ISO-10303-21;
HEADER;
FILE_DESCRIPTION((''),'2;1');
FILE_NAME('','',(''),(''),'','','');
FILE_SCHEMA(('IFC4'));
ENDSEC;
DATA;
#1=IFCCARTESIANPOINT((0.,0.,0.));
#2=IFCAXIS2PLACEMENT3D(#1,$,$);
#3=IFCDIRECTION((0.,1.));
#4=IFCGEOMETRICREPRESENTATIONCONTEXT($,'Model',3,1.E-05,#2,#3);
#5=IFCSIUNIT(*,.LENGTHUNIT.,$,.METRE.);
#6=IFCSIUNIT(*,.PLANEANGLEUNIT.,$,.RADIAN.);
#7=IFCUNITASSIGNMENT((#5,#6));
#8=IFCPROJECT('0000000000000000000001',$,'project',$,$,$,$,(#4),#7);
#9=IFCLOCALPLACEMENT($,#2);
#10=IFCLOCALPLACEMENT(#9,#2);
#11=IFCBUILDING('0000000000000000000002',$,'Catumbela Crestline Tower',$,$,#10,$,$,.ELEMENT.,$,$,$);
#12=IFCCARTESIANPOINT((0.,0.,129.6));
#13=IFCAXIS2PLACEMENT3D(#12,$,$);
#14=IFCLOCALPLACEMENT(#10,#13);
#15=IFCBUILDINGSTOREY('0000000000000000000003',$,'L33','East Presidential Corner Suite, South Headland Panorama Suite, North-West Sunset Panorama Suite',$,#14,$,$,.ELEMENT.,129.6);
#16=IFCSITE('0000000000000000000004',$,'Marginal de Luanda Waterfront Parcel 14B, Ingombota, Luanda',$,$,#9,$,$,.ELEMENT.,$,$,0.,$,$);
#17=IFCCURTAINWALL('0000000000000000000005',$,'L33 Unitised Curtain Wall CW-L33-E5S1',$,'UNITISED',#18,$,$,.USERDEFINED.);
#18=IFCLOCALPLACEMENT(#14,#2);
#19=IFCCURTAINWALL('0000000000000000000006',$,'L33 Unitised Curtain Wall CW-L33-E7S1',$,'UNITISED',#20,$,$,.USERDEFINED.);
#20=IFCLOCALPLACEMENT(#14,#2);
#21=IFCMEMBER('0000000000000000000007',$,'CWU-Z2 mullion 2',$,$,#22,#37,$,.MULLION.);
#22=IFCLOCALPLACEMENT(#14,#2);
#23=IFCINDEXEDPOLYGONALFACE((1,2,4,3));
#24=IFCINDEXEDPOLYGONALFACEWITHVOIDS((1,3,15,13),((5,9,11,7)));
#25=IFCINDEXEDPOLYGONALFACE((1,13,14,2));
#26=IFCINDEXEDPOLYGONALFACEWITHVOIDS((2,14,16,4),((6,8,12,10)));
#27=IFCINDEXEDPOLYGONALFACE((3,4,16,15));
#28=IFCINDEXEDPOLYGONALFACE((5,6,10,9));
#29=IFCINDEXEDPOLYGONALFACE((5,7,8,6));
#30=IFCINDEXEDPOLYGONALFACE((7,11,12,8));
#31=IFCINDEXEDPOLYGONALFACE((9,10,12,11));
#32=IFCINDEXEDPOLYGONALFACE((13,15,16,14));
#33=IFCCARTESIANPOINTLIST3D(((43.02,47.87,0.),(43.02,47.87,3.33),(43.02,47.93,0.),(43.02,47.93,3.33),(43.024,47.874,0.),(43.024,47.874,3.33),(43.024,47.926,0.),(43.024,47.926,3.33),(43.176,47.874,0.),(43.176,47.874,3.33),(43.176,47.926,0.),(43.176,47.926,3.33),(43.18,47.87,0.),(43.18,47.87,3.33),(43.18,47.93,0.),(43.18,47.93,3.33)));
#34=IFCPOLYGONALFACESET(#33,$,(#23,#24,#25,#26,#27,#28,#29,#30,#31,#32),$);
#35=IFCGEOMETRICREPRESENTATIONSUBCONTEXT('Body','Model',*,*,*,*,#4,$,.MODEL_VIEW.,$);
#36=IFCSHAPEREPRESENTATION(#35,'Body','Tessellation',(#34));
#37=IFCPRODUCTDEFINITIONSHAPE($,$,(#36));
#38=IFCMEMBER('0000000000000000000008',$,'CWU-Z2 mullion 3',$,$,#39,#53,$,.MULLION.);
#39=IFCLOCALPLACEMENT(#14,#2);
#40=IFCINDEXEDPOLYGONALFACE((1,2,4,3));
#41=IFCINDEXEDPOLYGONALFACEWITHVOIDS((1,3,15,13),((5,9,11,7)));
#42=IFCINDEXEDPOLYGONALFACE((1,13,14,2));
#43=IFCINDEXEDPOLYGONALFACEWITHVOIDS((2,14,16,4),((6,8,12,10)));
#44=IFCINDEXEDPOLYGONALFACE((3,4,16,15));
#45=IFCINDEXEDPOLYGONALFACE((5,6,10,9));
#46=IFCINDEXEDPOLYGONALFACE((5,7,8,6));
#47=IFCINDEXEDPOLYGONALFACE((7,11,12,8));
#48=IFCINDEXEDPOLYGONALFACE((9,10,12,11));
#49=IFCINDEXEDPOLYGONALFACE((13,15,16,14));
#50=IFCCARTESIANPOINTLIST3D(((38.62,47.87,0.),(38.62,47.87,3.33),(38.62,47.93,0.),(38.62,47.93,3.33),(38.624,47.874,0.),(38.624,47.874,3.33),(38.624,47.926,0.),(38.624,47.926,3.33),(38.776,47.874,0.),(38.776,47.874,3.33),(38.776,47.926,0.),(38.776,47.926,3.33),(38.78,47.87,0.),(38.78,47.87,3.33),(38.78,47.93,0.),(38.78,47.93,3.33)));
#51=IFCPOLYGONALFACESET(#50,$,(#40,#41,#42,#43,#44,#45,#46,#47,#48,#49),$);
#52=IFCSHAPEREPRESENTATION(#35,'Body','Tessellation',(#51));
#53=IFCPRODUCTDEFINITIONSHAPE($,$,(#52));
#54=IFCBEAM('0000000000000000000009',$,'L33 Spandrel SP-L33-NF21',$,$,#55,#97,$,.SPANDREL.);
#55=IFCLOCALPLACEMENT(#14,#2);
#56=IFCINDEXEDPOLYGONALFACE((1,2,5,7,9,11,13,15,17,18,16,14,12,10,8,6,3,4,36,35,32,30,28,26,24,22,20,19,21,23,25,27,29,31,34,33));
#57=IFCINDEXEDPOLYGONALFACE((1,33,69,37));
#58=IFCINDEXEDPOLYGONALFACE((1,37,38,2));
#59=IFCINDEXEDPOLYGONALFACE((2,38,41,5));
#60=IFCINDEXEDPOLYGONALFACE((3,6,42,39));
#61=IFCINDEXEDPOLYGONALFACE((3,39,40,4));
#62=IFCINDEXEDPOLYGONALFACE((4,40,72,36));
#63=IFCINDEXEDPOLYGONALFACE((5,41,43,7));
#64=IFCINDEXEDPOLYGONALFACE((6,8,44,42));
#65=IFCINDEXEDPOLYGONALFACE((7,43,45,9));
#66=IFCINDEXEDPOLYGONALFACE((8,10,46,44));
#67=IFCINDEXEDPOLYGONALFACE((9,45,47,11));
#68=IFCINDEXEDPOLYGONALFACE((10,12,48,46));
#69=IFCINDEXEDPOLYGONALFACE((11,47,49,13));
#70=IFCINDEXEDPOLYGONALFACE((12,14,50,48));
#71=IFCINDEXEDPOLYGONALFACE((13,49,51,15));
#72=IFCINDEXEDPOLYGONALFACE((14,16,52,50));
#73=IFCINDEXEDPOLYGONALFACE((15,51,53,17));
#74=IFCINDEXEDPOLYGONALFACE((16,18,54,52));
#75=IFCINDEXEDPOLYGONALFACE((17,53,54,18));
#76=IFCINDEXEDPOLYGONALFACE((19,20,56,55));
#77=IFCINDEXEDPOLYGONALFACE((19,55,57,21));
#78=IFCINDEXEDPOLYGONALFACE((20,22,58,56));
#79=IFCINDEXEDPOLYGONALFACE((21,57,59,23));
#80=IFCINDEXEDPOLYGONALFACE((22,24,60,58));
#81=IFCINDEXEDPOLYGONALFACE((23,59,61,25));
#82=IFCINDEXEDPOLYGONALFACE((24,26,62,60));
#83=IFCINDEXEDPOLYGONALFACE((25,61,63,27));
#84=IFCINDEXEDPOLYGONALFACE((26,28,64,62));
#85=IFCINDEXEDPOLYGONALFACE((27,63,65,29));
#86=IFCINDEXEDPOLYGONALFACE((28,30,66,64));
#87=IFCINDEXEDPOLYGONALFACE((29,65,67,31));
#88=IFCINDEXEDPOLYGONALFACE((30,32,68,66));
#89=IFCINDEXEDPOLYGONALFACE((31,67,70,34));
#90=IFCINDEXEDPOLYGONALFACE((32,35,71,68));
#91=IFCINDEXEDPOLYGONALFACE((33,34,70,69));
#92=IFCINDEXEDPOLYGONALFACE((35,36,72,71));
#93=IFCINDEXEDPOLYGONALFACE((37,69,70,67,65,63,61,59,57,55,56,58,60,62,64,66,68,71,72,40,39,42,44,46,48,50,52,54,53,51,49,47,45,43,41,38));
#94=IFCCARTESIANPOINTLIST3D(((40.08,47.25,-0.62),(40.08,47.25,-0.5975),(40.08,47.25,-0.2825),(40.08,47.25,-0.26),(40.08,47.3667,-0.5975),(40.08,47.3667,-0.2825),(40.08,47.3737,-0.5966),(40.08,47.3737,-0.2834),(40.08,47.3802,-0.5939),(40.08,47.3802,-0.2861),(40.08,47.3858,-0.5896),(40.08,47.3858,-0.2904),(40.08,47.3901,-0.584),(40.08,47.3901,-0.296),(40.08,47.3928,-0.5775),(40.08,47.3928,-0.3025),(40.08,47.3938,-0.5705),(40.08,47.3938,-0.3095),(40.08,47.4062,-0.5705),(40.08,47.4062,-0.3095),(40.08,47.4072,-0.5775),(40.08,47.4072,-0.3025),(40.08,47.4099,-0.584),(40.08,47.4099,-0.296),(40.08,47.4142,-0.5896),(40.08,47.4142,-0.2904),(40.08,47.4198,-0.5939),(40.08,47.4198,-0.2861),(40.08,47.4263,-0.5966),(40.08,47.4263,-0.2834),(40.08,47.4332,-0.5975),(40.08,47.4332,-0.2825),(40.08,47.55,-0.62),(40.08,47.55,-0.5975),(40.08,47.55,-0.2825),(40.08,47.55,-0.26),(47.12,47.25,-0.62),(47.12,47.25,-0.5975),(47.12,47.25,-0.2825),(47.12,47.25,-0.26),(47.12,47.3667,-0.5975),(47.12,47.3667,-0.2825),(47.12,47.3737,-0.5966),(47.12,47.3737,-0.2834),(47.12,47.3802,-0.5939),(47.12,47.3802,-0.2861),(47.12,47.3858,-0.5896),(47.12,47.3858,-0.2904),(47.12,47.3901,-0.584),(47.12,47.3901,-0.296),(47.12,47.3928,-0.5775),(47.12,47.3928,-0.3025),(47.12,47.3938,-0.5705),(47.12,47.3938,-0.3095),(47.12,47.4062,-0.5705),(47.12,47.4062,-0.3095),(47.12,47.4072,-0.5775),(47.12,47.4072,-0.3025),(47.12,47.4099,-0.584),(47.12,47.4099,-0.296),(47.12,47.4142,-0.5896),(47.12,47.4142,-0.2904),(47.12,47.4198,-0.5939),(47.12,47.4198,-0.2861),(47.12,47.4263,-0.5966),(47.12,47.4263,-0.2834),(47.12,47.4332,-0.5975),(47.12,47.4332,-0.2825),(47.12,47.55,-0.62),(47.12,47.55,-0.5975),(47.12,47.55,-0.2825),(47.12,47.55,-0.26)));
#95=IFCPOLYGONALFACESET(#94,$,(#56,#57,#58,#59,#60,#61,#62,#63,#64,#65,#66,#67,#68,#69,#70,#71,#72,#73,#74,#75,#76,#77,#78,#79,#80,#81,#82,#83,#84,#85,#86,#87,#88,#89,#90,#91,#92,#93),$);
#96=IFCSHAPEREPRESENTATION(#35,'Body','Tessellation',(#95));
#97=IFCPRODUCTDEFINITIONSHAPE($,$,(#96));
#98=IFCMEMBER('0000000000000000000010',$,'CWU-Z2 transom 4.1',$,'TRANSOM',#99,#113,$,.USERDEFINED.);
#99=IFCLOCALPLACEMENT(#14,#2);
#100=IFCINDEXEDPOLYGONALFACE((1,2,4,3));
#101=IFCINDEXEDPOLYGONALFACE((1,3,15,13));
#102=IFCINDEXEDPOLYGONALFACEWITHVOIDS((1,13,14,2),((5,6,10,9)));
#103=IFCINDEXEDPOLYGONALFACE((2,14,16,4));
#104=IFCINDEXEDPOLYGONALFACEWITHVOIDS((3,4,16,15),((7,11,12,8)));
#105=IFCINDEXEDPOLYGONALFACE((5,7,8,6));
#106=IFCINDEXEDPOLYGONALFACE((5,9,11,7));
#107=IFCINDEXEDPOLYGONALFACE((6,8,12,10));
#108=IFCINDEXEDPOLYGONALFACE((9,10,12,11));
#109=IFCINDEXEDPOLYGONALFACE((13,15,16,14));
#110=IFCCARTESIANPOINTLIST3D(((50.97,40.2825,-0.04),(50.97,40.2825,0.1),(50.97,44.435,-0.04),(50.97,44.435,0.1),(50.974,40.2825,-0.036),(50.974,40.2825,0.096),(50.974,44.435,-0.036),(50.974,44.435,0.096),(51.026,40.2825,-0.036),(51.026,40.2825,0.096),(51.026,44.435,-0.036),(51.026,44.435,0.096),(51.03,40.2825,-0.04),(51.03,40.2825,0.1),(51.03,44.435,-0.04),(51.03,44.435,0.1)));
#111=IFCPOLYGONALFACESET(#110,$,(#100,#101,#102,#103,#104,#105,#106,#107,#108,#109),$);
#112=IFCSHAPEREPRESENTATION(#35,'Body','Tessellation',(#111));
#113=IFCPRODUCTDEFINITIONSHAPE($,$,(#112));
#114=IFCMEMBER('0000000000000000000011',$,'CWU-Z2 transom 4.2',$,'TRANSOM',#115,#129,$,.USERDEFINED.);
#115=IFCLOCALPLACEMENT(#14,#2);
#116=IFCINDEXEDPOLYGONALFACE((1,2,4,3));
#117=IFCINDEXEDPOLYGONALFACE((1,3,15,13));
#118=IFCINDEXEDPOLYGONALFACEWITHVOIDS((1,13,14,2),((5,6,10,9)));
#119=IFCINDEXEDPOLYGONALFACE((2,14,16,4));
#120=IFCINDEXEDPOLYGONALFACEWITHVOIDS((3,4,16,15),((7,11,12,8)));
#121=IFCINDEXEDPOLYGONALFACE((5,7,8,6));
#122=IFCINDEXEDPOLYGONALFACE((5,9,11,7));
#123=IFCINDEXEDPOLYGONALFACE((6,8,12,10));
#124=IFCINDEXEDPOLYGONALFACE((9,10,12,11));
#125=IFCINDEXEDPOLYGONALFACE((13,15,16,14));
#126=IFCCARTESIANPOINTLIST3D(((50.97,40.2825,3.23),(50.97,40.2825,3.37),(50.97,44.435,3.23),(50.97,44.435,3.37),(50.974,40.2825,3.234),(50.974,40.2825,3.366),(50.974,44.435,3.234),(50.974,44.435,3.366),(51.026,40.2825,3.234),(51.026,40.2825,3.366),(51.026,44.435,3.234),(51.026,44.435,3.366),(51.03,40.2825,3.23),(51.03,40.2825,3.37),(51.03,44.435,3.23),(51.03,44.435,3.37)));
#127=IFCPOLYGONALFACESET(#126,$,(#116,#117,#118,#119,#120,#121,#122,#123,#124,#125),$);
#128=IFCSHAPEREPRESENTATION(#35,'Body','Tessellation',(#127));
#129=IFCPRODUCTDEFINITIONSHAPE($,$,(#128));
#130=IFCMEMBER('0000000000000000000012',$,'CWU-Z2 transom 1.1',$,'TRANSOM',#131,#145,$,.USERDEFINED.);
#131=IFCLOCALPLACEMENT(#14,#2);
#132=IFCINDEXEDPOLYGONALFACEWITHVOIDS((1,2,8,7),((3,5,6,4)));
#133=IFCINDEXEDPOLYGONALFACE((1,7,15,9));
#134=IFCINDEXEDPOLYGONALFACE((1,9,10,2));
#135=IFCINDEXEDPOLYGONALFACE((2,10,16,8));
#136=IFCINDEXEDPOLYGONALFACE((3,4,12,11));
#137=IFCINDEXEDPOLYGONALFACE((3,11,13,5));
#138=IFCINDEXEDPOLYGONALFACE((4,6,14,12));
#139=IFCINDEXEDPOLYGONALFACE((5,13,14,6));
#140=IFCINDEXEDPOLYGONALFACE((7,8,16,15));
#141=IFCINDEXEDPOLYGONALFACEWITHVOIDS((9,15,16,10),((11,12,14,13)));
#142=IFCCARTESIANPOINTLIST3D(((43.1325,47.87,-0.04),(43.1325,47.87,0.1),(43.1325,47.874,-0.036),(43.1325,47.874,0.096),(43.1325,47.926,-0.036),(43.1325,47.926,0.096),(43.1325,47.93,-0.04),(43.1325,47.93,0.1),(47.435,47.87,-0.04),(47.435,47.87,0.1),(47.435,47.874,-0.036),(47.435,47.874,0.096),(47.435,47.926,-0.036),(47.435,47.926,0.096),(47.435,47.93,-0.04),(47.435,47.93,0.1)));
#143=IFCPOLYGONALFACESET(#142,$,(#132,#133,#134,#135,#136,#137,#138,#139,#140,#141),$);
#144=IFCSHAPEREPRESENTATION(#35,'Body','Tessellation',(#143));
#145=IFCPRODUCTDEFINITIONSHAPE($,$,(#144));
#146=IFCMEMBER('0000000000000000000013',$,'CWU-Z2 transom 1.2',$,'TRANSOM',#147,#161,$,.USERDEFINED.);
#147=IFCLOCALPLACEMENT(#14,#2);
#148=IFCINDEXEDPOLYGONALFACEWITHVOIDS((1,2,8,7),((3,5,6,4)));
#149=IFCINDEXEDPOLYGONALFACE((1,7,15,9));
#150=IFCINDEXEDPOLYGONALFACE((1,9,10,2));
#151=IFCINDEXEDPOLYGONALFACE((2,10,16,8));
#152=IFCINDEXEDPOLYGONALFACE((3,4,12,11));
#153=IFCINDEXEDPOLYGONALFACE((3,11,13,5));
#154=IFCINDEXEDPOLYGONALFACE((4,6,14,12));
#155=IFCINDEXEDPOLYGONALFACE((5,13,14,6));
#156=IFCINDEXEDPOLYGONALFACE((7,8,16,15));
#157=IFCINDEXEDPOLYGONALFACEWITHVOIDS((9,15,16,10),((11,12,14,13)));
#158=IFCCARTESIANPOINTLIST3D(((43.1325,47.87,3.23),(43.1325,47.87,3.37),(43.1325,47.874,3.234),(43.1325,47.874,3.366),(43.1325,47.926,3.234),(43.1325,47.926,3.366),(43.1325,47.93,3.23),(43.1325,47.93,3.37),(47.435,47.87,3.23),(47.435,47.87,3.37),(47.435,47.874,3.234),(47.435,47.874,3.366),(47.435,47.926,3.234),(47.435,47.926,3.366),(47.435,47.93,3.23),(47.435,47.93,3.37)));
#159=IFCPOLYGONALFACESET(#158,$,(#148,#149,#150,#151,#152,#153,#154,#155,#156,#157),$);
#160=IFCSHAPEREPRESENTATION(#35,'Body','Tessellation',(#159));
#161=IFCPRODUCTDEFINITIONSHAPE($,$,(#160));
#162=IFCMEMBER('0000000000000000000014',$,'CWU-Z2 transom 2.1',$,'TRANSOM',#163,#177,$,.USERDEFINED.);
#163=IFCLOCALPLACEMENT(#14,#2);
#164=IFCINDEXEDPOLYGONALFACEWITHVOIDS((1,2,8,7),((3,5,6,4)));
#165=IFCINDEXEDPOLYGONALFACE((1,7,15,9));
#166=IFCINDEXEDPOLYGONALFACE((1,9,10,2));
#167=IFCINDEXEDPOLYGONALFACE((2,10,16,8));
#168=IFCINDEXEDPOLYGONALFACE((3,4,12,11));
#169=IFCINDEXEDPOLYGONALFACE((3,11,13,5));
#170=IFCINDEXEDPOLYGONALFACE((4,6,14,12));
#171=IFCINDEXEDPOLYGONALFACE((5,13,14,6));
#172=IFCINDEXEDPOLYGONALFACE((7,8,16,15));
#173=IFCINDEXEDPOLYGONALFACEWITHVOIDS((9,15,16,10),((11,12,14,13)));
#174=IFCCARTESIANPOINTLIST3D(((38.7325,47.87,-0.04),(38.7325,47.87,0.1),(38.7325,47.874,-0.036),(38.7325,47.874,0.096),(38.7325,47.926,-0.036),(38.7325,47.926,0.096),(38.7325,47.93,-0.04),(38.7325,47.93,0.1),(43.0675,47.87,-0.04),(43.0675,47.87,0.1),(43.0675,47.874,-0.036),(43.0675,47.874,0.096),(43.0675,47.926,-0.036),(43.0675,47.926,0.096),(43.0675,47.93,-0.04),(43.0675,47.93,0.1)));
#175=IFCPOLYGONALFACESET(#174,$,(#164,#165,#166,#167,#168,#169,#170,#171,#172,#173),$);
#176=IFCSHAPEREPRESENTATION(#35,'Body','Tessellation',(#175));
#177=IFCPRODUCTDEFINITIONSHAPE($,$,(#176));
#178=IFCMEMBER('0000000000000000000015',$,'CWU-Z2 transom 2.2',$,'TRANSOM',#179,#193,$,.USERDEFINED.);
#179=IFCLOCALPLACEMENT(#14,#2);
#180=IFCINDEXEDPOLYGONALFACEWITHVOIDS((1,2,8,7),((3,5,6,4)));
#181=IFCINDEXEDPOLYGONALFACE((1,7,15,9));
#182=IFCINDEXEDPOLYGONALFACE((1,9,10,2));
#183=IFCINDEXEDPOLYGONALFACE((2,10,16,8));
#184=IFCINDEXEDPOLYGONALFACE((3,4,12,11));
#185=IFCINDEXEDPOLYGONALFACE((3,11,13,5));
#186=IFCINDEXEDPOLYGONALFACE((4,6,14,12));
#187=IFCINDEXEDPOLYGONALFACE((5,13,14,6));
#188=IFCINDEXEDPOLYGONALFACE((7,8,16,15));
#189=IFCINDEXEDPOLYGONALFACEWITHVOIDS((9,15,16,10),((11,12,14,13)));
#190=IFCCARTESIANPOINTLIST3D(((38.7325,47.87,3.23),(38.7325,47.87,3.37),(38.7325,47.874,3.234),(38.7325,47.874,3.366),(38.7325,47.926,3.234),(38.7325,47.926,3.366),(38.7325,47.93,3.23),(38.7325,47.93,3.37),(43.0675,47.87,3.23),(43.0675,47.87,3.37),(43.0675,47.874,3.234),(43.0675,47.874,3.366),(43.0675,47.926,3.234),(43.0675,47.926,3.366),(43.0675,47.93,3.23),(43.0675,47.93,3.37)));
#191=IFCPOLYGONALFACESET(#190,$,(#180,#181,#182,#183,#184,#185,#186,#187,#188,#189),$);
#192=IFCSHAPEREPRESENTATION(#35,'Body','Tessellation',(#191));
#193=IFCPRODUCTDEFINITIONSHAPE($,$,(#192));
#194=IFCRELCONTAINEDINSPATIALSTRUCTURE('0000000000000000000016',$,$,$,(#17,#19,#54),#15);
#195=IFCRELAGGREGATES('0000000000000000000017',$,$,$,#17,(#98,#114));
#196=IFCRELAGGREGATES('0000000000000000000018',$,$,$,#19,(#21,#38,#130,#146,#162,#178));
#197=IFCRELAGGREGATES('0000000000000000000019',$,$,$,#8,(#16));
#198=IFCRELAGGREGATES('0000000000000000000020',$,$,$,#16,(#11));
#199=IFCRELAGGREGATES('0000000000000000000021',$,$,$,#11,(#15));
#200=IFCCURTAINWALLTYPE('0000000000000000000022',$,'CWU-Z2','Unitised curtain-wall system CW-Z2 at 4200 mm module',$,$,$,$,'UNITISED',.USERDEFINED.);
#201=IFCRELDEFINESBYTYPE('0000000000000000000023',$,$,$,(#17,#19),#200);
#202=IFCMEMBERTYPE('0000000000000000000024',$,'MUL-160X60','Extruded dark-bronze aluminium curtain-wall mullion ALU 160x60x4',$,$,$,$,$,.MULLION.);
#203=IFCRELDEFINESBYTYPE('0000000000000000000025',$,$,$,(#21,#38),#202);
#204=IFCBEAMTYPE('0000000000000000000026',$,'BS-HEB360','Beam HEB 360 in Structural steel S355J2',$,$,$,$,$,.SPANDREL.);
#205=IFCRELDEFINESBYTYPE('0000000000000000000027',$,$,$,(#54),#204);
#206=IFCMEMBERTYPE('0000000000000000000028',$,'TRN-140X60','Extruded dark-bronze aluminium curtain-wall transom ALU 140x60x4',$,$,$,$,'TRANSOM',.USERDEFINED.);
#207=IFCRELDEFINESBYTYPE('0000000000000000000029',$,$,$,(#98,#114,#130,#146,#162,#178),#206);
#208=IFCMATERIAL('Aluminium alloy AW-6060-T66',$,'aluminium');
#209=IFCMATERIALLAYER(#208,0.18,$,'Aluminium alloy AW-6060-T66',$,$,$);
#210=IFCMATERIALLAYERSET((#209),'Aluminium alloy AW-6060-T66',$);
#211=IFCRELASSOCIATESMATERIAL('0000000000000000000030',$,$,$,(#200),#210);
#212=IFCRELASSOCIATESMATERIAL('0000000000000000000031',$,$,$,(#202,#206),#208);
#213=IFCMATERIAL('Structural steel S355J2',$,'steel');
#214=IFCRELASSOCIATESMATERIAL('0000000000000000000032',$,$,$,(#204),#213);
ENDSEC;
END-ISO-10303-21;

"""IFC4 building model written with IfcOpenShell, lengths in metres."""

from ifc_helpers import new_model, si_unit, direction, frame, origin, origin_2d, place, context, subcontext, project, spatial, hollow_rectangle, i_section, extrude, material, layer, layer_set, material_profile, profile_set, type_object, element, aggregate, save


model = new_model("IFC4")

# Units and contexts
model_context = context("Model", 3, precision=1e-05, world=origin(), true_north=direction((0.0, 1.0)))
body_context = subcontext(model_context, "Body", "Model", "MODEL_VIEW")
ifc_project = project(units=[si_unit("LENGTHUNIT", "METRE"), si_unit("PLANEANGLEUNIT", "RADIAN")], contexts=[model_context])

# Site, building, storey
site_placement = place(None, origin())
site = spatial("IfcSite", under=ifc_project, at=site_placement, Name="Marginal de Luanda Waterfront Parcel 14B, Ingombota, Luanda", CompositionType="ELEMENT", RefElevation=0.0)
building_placement = place(site_placement, origin())
building = spatial("IfcBuilding", under=site, at=building_placement, Name="Catumbela Crestline Tower", CompositionType="ELEMENT")
storey_placement = place(building_placement, frame((0.0, 0.0, 129.6)))
storey = spatial("IfcBuildingStorey", under=building, at=storey_placement, Name="L33", Description="East Presidential Corner Suite, South Headland Panorama Suite, North-West Sunset Panorama Suite", CompositionType="ELEMENT", Elevation=129.6)

# Curtain walls, members
ifc_material_1 = material(Name="Aluminium alloy AW-6060-T66", Category="aluminium")
ifc_layer_1 = layer(ifc_material_1, 0.18, Name="Aluminium alloy AW-6060-T66")
ifc_layer_set_1 = layer_set([ifc_layer_1], Name="Aluminium alloy AW-6060-T66")
curtain_wall_type = type_object("IfcCurtainWallType", Name="CWU-Z2", Description="Unitised curtain-wall system CW-Z2 at 4200 mm module", ElementType="UNITISED", PredefinedType="USERDEFINED", material=ifc_layer_set_1)
curtain_wall_1_placement = place(storey_placement, origin())
curtain_wall_1 = element("IfcCurtainWall", 1, at=curtain_wall_1_placement, inside=storey, type_object=curtain_wall_type, Name="L33 Unitised Curtain Wall CW-L33-E5S1", ObjectType="UNITISED", PredefinedType="USERDEFINED")
ifc_material_profile_1 = material_profile(ifc_material_1, hollow_rectangle(XDim=0.06, YDim=0.16, WallThickness=0.004, at=origin_2d()), Name="ALU 160x60x4")
ifc_profile_set_1 = profile_set([ifc_material_profile_1], Name="Aluminium alloy AW-6060-T66")
member_type_1 = type_object("IfcMemberType", Name="MUL-160X60", Description="Extruded dark-bronze aluminium curtain-wall mullion ALU 160x60x4", PredefinedType="MULLION", material=ifc_profile_set_1)
curtain_wall_2_placement = place(storey_placement, origin())
curtain_wall_2 = element("IfcCurtainWall", 2, at=curtain_wall_2_placement, inside=storey, type_object=curtain_wall_type, Name="L33 Unitised Curtain Wall CW-L33-E7S1", ObjectType="UNITISED", PredefinedType="USERDEFINED")
member_1_placement = place(storey_placement, frame((43.1, 47.9, 0.0), z_axis=(0.0, 0.0, 1.0), x_axis=(0.0, -1.0, 0.0)))
member_1 = element("IfcMember", 3, at=member_1_placement, type_object=member_type_1, Name="CWU-Z2 mullion 2", PredefinedType="MULLION", context=body_context, shape_type="SweptSolid", body=[
    extrude(hollow_rectangle(XDim=0.06, YDim=0.16, WallThickness=0.004, at=origin_2d()), origin(), (0.0, 0.0, 1.0), 3.33),
])
member_2_placement = place(storey_placement, frame((38.7, 47.9, 0.0), z_axis=(0.0, 0.0, 1.0), x_axis=(0.0, -1.0, 0.0)))
member_2 = element("IfcMember", 4, at=member_2_placement, type_object=member_type_1, Name="CWU-Z2 mullion 3", PredefinedType="MULLION", context=body_context, shape_type="SweptSolid", body=[
    extrude(hollow_rectangle(XDim=0.06, YDim=0.16, WallThickness=0.004, at=origin_2d()), origin(), (0.0, 0.0, 1.0), 3.33),
])

# Beam
ifc_material_2 = material(Name="Structural steel S355J2", Category="steel")
ifc_material_profile_2 = material_profile(ifc_material_2, i_section(OverallWidth=0.3, OverallDepth=0.36, WebThickness=0.0125, FlangeThickness=0.0225, FilletRadius=0.027, at=origin_2d()), Name="HEB 360")
ifc_profile_set_2 = profile_set([ifc_material_profile_2], Name="Structural steel S355J2")
beam_type = type_object("IfcBeamType", Name="BS-HEB360", Description="Beam HEB 360 in Structural steel S355J2", PredefinedType="SPANDREL", material=ifc_profile_set_2)
beam_placement = place(storey_placement, frame((40.08, 47.4, -0.44), z_axis=(1.0, 0.0, 0.0), x_axis=(0.0, 1.0, 0.0)))
element("IfcBeam", 5, at=beam_placement, inside=storey, type_object=beam_type, Name="L33 Spandrel SP-L33-NF21", PredefinedType="SPANDREL", context=body_context, shape_type="SweptSolid", body=[
    extrude(i_section(OverallWidth=0.3, OverallDepth=0.36, WebThickness=0.0125, FlangeThickness=0.0225, FilletRadius=0.027, at=origin_2d()), origin(), (0.0, 0.0, 1.0), 7.04),
])

# Members
ifc_material_profile_3 = material_profile(ifc_material_1, hollow_rectangle(XDim=0.06, YDim=0.14, WallThickness=0.004, at=origin_2d()), Name="ALU 140x60x4")
ifc_profile_set_3 = profile_set([ifc_material_profile_3], Name="Aluminium alloy AW-6060-T66")
member_type_2 = type_object("IfcMemberType", Name="TRN-140X60", Description="Extruded dark-bronze aluminium curtain-wall transom ALU 140x60x4", ElementType="TRANSOM", PredefinedType="USERDEFINED", material=ifc_profile_set_3)
member_3_placement = place(storey_placement, frame((51.0, 40.2825, 0.03), z_axis=(0.0, 1.0, 0.0), x_axis=(-1.0, 0.0, 0.0)))
member_3 = element("IfcMember", 6, at=member_3_placement, type_object=member_type_2, Name="CWU-Z2 transom 4.1", ObjectType="TRANSOM", PredefinedType="USERDEFINED", context=body_context, shape_type="SweptSolid", body=[
    extrude(hollow_rectangle(XDim=0.06, YDim=0.14, WallThickness=0.004, at=origin_2d()), origin(), (0.0, 0.0, 1.0), 4.1525),
])
member_4_placement = place(storey_placement, frame((51.0, 40.2825, 3.3), z_axis=(0.0, 1.0, 0.0), x_axis=(-1.0, 0.0, 0.0)))
member_4 = element("IfcMember", 7, at=member_4_placement, type_object=member_type_2, Name="CWU-Z2 transom 4.2", ObjectType="TRANSOM", PredefinedType="USERDEFINED", context=body_context, shape_type="SweptSolid", body=[
    extrude(hollow_rectangle(XDim=0.06, YDim=0.14, WallThickness=0.004, at=origin_2d()), origin(), (0.0, 0.0, 1.0), 4.1525),
])
member_5_placement = place(storey_placement, frame((47.435, 47.9, 0.03), z_axis=(-1.0, 0.0, 0.0), x_axis=(0.0, -1.0, 0.0)))
member_5 = element("IfcMember", 8, at=member_5_placement, type_object=member_type_2, Name="CWU-Z2 transom 1.1", ObjectType="TRANSOM", PredefinedType="USERDEFINED", context=body_context, shape_type="SweptSolid", body=[
    extrude(hollow_rectangle(XDim=0.06, YDim=0.14, WallThickness=0.004, at=origin_2d()), origin(), (0.0, 0.0, 1.0), 4.3025),
])
member_6_placement = place(storey_placement, frame((47.435, 47.9, 3.3), z_axis=(-1.0, 0.0, 0.0), x_axis=(0.0, -1.0, 0.0)))
member_6 = element("IfcMember", 9, at=member_6_placement, type_object=member_type_2, Name="CWU-Z2 transom 1.2", ObjectType="TRANSOM", PredefinedType="USERDEFINED", context=body_context, shape_type="SweptSolid", body=[
    extrude(hollow_rectangle(XDim=0.06, YDim=0.14, WallThickness=0.004, at=origin_2d()), origin(), (0.0, 0.0, 1.0), 4.3025),
])
member_7_placement = place(storey_placement, frame((43.0675, 47.9, 0.03), z_axis=(-1.0, 0.0, 0.0), x_axis=(0.0, -1.0, 0.0)))
member_7 = element("IfcMember", 10, at=member_7_placement, type_object=member_type_2, Name="CWU-Z2 transom 2.1", ObjectType="TRANSOM", PredefinedType="USERDEFINED", context=body_context, shape_type="SweptSolid", body=[
    extrude(hollow_rectangle(XDim=0.06, YDim=0.14, WallThickness=0.004, at=origin_2d()), origin(), (0.0, 0.0, 1.0), 4.335),
])
member_8_placement = place(storey_placement, frame((43.0675, 47.9, 3.3), z_axis=(-1.0, 0.0, 0.0), x_axis=(0.0, -1.0, 0.0)))
member_8 = element("IfcMember", 11, at=member_8_placement, type_object=member_type_2, Name="CWU-Z2 transom 2.2", ObjectType="TRANSOM", PredefinedType="USERDEFINED", context=body_context, shape_type="SweptSolid", body=[
    extrude(hollow_rectangle(XDim=0.06, YDim=0.14, WallThickness=0.004, at=origin_2d()), origin(), (0.0, 0.0, 1.0), 4.335),
])

aggregate(curtain_wall_1, [member_3, member_4])
aggregate(curtain_wall_2, [member_1, member_2, member_5, member_6, member_7, member_8])

save(model, "model.ifc")
